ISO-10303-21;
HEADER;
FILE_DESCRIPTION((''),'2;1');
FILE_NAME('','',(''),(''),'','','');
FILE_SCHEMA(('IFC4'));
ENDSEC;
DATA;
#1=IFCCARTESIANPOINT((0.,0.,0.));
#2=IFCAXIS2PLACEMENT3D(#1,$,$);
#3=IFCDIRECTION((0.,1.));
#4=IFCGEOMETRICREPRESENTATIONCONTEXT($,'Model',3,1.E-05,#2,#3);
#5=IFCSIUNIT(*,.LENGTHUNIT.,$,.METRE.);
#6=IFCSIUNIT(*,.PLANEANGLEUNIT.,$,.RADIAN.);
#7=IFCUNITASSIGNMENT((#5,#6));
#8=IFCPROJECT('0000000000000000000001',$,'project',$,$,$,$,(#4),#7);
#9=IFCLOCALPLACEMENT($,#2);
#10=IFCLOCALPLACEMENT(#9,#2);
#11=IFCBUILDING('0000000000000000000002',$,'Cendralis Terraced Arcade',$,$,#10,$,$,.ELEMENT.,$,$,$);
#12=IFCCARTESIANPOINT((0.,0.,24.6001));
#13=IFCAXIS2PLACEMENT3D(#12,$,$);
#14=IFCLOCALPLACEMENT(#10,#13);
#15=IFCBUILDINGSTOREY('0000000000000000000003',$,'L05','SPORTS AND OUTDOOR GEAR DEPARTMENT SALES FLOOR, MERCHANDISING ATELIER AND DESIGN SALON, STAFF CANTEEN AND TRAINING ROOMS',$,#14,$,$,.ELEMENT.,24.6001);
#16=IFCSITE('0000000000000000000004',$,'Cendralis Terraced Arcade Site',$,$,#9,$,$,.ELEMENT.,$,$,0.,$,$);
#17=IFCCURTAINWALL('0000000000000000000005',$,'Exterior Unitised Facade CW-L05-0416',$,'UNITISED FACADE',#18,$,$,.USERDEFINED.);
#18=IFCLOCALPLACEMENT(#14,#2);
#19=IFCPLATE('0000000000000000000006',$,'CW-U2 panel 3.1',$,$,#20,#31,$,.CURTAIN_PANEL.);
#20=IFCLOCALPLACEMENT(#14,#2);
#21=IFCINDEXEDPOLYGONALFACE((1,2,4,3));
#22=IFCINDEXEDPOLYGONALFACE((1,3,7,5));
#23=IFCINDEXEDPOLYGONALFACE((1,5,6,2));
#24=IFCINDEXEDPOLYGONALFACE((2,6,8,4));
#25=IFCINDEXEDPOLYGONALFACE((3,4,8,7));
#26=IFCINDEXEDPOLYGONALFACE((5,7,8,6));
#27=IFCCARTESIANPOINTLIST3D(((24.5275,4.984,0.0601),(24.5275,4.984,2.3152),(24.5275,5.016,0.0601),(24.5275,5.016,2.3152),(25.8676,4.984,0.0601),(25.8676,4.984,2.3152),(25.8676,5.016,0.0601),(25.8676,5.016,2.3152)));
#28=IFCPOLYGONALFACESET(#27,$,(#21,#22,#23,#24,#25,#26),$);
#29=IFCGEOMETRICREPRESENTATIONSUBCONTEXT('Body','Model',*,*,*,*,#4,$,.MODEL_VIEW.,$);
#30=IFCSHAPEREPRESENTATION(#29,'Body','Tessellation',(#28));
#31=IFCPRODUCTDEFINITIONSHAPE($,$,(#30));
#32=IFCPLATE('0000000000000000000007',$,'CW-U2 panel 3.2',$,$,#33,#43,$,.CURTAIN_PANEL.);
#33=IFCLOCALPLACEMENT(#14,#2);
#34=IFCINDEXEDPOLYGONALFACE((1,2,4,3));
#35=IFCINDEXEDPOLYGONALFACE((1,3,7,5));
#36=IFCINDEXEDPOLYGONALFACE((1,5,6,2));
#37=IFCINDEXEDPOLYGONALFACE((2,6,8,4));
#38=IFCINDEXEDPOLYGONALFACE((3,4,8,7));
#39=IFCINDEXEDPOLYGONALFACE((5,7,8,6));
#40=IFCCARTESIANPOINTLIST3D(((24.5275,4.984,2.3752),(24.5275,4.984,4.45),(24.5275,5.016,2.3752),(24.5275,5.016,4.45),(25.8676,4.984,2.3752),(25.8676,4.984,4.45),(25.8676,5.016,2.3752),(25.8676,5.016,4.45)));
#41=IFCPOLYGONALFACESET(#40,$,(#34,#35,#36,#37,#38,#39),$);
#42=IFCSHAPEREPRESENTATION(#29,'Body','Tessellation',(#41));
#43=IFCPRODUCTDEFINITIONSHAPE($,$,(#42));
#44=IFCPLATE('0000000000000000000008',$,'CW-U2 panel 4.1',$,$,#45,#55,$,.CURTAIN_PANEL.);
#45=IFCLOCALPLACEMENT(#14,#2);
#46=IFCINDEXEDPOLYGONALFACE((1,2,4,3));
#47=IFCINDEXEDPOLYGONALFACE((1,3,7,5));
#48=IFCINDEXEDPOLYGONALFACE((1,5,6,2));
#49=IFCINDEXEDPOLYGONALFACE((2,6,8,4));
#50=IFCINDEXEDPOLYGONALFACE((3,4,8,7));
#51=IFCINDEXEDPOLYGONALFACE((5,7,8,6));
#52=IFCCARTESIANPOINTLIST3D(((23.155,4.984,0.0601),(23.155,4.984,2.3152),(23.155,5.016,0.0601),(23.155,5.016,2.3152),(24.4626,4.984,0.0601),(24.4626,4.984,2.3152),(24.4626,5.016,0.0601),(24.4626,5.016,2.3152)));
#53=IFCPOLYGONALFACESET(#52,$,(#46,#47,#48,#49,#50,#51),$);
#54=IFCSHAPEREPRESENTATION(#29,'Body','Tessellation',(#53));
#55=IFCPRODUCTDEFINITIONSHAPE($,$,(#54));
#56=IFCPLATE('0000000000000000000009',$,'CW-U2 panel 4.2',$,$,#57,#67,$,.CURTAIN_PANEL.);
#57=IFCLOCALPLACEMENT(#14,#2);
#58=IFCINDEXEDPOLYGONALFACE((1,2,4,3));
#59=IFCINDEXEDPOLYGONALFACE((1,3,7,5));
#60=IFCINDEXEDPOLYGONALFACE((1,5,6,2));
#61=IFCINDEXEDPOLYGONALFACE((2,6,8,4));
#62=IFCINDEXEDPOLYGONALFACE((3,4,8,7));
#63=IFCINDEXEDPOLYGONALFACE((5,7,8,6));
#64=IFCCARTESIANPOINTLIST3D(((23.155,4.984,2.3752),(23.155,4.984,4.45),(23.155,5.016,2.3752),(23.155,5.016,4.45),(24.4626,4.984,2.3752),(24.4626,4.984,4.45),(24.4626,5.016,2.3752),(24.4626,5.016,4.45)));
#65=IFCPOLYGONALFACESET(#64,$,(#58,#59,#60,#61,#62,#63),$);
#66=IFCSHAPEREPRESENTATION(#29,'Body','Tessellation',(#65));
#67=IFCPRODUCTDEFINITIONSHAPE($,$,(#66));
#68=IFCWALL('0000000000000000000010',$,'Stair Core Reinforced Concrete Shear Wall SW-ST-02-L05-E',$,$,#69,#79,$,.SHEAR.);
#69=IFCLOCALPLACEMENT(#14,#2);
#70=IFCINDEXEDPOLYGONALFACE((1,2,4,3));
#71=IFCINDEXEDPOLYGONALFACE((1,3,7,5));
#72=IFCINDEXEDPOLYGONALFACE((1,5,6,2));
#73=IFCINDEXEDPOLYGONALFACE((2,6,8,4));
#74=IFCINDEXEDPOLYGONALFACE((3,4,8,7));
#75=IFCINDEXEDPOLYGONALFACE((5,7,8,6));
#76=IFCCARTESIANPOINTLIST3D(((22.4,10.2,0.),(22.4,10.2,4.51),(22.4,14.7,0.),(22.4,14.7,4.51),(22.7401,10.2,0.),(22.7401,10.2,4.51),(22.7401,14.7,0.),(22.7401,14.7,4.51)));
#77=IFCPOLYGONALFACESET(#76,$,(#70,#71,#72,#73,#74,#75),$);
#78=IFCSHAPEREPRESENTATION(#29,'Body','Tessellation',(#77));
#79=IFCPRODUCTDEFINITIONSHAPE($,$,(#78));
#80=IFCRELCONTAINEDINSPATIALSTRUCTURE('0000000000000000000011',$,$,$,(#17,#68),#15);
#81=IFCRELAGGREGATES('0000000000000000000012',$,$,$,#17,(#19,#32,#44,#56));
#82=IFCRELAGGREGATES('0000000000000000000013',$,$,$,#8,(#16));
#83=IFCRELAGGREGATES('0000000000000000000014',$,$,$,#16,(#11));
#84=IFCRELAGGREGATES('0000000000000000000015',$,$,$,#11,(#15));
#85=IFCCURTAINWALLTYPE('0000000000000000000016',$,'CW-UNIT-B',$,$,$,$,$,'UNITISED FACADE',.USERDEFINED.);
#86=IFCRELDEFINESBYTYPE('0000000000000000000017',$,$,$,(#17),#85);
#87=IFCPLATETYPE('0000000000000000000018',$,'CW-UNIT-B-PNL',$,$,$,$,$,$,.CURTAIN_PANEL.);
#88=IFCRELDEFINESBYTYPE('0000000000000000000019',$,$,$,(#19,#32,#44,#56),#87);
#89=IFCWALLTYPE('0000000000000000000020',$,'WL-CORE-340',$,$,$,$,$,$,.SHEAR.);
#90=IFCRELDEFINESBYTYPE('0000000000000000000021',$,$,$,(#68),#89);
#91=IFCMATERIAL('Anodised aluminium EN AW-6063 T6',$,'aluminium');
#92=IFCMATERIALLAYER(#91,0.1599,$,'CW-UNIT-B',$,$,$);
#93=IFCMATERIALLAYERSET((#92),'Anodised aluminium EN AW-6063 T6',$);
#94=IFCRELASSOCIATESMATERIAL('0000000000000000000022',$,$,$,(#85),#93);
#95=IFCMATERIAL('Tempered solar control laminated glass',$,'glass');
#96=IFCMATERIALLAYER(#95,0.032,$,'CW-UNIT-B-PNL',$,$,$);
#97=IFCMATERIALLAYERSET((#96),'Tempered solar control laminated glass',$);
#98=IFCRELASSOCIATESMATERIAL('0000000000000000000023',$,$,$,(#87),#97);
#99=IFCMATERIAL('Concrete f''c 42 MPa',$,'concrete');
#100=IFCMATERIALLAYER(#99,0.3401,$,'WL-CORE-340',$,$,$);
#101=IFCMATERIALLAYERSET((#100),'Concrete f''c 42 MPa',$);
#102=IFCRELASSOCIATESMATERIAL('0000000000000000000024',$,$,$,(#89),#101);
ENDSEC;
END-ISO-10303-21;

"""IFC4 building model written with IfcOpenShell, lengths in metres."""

from ifc_helpers import new_model, si_unit, direction, frame, frame_2d, origin, origin_2d, place, context, subcontext, project, spatial, rectangle, extrude, material, layer, layer_set, type_object, element, aggregate, save


model = new_model("IFC4")

# Units and contexts
model_context = context("Model", 3, precision=1e-05, world=origin(), true_north=direction((0.0, 1.0)))
body_context = subcontext(model_context, "Body", "Model", "MODEL_VIEW")
ifc_project = project(units=[si_unit("LENGTHUNIT", "METRE"), si_unit("PLANEANGLEUNIT", "RADIAN")], contexts=[model_context])

# Site, building, storey
site_placement = place(None, origin())
site = spatial("IfcSite", under=ifc_project, at=site_placement, Name="Cendralis Terraced Arcade Site", CompositionType="ELEMENT", RefElevation=0.0)
building_placement = place(site_placement, origin())
building = spatial("IfcBuilding", under=site, at=building_placement, Name="Cendralis Terraced Arcade", CompositionType="ELEMENT")
storey_placement = place(building_placement, frame((0.0, 0.0, 24.6001)))
storey = spatial("IfcBuildingStorey", under=building, at=storey_placement, Name="L05", Description="SPORTS AND OUTDOOR GEAR DEPARTMENT SALES FLOOR, MERCHANDISING ATELIER AND DESIGN SALON, STAFF CANTEEN AND TRAINING ROOMS", CompositionType="ELEMENT", Elevation=24.6001)

# Shared definitions
ifc_material_1 = material(Name="Anodised aluminium EN AW-6063 T6", Category="aluminium")

# Curtain wall
ifc_layer_1 = layer(ifc_material_1, 0.1599, Name="CW-UNIT-B")
ifc_layer_set_1 = layer_set([ifc_layer_1], Name="Anodised aluminium EN AW-6063 T6")
curtain_wall_type_1 = type_object("IfcCurtainWallType", Name="CW-UNIT-B", ElementType="UNITISED FACADE", PredefinedType="USERDEFINED", material=ifc_layer_set_1)
curtain_wall_1_placement = place(storey_placement, origin())
curtain_wall_1 = element("IfcCurtainWall", 1, at=curtain_wall_1_placement, inside=storey, type_object=curtain_wall_type_1, Name="Exterior Unitised Facade CW-L05-0416", ObjectType="UNITISED FACADE", PredefinedType="USERDEFINED")

# Plates
ifc_material_2 = material(Name="Tempered solar control laminated glass", Category="glass")
ifc_layer_2 = layer(ifc_material_2, 0.032, Name="CW-UNIT-B-PNL")
ifc_layer_set_2 = layer_set([ifc_layer_2], Name="Tempered solar control laminated glass")
plate_type_1 = type_object("IfcPlateType", Name="CW-UNIT-B-PNL", PredefinedType="CURTAIN_PANEL", material=ifc_layer_set_2)
plate_1_placement = place(storey_placement, frame((25.1975, 5.0, 0.0601), z_axis=(0.0, 0.0, 1.0), x_axis=(-1.0, 0.0, 0.0)))
plate_1 = element("IfcPlate", 2, at=plate_1_placement, type_object=plate_type_1, Name="CW-U2 panel 3.1", PredefinedType="CURTAIN_PANEL", context=body_context, shape_type="SweptSolid", body=[
    extrude(rectangle(XDim=1.3401, YDim=0.032, at=origin_2d()), origin(), (0.0, 0.0, 1.0), 2.2551),
])
plate_2_placement = place(storey_placement, frame((25.1975, 5.0, 2.3752), z_axis=(0.0, 0.0, 1.0), x_axis=(-1.0, 0.0, 0.0)))
plate_2 = element("IfcPlate", 3, at=plate_2_placement, type_object=plate_type_1, Name="CW-U2 panel 3.2", PredefinedType="CURTAIN_PANEL", context=body_context, shape_type="SweptSolid", body=[
    extrude(rectangle(XDim=1.3401, YDim=0.032, at=origin_2d()), origin(), (0.0, 0.0, 1.0), 2.0747),
])
plate_3_placement = place(storey_placement, frame((23.8088, 5.0, 0.0601), z_axis=(0.0, 0.0, 1.0), x_axis=(-1.0, 0.0, 0.0)))
plate_3 = element("IfcPlate", 4, at=plate_3_placement, type_object=plate_type_1, Name="CW-U2 panel 4.1", PredefinedType="CURTAIN_PANEL", context=body_context, shape_type="SweptSolid", body=[
    extrude(rectangle(XDim=1.3076, YDim=0.032, at=origin_2d()), origin(), (0.0, 0.0, 1.0), 2.2551),
])
plate_4_placement = place(storey_placement, frame((23.8088, 5.0, 2.3752), z_axis=(0.0, 0.0, 1.0), x_axis=(-1.0, 0.0, 0.0)))
plate_4 = element("IfcPlate", 5, at=plate_4_placement, type_object=plate_type_1, Name="CW-U2 panel 4.2", PredefinedType="CURTAIN_PANEL", context=body_context, shape_type="SweptSolid", body=[
    extrude(rectangle(XDim=1.3076, YDim=0.032, at=origin_2d()), origin(), (0.0, 0.0, 1.0), 2.0747),
])
aggregate(curtain_wall_1, [plate_1, plate_2, plate_3, plate_4])

# Wall
ifc_material_3 = material(Name="Concrete f'c 42 MPa", Category="concrete")
ifc_layer_3 = layer(ifc_material_3, 0.3401, Name="WL-CORE-340")
ifc_layer_set_3 = layer_set([ifc_layer_3], Name="Concrete f'c 42 MPa")
wall_type = type_object("IfcWallType", Name="WL-CORE-340", PredefinedType="SHEAR", material=ifc_layer_set_3)
wall_placement = place(storey_placement, frame((22.5701, 10.2, 0.0), z_axis=(0.0, 0.0, 1.0), x_axis=(0.0, 1.0, 0.0)))
element("IfcWall", 6, at=wall_placement, inside=storey, type_object=wall_type, Name="Stair Core Reinforced Concrete Shear Wall SW-ST-02-L05-E", PredefinedType="SHEAR", context=body_context, shape_type="SweptSolid", body=[
    extrude(rectangle(XDim=4.5, YDim=0.3401, at=frame_2d((2.25, 0.0))), origin(), (0.0, 0.0, 1.0), 4.51),
])

save(model, "model.ifc")
